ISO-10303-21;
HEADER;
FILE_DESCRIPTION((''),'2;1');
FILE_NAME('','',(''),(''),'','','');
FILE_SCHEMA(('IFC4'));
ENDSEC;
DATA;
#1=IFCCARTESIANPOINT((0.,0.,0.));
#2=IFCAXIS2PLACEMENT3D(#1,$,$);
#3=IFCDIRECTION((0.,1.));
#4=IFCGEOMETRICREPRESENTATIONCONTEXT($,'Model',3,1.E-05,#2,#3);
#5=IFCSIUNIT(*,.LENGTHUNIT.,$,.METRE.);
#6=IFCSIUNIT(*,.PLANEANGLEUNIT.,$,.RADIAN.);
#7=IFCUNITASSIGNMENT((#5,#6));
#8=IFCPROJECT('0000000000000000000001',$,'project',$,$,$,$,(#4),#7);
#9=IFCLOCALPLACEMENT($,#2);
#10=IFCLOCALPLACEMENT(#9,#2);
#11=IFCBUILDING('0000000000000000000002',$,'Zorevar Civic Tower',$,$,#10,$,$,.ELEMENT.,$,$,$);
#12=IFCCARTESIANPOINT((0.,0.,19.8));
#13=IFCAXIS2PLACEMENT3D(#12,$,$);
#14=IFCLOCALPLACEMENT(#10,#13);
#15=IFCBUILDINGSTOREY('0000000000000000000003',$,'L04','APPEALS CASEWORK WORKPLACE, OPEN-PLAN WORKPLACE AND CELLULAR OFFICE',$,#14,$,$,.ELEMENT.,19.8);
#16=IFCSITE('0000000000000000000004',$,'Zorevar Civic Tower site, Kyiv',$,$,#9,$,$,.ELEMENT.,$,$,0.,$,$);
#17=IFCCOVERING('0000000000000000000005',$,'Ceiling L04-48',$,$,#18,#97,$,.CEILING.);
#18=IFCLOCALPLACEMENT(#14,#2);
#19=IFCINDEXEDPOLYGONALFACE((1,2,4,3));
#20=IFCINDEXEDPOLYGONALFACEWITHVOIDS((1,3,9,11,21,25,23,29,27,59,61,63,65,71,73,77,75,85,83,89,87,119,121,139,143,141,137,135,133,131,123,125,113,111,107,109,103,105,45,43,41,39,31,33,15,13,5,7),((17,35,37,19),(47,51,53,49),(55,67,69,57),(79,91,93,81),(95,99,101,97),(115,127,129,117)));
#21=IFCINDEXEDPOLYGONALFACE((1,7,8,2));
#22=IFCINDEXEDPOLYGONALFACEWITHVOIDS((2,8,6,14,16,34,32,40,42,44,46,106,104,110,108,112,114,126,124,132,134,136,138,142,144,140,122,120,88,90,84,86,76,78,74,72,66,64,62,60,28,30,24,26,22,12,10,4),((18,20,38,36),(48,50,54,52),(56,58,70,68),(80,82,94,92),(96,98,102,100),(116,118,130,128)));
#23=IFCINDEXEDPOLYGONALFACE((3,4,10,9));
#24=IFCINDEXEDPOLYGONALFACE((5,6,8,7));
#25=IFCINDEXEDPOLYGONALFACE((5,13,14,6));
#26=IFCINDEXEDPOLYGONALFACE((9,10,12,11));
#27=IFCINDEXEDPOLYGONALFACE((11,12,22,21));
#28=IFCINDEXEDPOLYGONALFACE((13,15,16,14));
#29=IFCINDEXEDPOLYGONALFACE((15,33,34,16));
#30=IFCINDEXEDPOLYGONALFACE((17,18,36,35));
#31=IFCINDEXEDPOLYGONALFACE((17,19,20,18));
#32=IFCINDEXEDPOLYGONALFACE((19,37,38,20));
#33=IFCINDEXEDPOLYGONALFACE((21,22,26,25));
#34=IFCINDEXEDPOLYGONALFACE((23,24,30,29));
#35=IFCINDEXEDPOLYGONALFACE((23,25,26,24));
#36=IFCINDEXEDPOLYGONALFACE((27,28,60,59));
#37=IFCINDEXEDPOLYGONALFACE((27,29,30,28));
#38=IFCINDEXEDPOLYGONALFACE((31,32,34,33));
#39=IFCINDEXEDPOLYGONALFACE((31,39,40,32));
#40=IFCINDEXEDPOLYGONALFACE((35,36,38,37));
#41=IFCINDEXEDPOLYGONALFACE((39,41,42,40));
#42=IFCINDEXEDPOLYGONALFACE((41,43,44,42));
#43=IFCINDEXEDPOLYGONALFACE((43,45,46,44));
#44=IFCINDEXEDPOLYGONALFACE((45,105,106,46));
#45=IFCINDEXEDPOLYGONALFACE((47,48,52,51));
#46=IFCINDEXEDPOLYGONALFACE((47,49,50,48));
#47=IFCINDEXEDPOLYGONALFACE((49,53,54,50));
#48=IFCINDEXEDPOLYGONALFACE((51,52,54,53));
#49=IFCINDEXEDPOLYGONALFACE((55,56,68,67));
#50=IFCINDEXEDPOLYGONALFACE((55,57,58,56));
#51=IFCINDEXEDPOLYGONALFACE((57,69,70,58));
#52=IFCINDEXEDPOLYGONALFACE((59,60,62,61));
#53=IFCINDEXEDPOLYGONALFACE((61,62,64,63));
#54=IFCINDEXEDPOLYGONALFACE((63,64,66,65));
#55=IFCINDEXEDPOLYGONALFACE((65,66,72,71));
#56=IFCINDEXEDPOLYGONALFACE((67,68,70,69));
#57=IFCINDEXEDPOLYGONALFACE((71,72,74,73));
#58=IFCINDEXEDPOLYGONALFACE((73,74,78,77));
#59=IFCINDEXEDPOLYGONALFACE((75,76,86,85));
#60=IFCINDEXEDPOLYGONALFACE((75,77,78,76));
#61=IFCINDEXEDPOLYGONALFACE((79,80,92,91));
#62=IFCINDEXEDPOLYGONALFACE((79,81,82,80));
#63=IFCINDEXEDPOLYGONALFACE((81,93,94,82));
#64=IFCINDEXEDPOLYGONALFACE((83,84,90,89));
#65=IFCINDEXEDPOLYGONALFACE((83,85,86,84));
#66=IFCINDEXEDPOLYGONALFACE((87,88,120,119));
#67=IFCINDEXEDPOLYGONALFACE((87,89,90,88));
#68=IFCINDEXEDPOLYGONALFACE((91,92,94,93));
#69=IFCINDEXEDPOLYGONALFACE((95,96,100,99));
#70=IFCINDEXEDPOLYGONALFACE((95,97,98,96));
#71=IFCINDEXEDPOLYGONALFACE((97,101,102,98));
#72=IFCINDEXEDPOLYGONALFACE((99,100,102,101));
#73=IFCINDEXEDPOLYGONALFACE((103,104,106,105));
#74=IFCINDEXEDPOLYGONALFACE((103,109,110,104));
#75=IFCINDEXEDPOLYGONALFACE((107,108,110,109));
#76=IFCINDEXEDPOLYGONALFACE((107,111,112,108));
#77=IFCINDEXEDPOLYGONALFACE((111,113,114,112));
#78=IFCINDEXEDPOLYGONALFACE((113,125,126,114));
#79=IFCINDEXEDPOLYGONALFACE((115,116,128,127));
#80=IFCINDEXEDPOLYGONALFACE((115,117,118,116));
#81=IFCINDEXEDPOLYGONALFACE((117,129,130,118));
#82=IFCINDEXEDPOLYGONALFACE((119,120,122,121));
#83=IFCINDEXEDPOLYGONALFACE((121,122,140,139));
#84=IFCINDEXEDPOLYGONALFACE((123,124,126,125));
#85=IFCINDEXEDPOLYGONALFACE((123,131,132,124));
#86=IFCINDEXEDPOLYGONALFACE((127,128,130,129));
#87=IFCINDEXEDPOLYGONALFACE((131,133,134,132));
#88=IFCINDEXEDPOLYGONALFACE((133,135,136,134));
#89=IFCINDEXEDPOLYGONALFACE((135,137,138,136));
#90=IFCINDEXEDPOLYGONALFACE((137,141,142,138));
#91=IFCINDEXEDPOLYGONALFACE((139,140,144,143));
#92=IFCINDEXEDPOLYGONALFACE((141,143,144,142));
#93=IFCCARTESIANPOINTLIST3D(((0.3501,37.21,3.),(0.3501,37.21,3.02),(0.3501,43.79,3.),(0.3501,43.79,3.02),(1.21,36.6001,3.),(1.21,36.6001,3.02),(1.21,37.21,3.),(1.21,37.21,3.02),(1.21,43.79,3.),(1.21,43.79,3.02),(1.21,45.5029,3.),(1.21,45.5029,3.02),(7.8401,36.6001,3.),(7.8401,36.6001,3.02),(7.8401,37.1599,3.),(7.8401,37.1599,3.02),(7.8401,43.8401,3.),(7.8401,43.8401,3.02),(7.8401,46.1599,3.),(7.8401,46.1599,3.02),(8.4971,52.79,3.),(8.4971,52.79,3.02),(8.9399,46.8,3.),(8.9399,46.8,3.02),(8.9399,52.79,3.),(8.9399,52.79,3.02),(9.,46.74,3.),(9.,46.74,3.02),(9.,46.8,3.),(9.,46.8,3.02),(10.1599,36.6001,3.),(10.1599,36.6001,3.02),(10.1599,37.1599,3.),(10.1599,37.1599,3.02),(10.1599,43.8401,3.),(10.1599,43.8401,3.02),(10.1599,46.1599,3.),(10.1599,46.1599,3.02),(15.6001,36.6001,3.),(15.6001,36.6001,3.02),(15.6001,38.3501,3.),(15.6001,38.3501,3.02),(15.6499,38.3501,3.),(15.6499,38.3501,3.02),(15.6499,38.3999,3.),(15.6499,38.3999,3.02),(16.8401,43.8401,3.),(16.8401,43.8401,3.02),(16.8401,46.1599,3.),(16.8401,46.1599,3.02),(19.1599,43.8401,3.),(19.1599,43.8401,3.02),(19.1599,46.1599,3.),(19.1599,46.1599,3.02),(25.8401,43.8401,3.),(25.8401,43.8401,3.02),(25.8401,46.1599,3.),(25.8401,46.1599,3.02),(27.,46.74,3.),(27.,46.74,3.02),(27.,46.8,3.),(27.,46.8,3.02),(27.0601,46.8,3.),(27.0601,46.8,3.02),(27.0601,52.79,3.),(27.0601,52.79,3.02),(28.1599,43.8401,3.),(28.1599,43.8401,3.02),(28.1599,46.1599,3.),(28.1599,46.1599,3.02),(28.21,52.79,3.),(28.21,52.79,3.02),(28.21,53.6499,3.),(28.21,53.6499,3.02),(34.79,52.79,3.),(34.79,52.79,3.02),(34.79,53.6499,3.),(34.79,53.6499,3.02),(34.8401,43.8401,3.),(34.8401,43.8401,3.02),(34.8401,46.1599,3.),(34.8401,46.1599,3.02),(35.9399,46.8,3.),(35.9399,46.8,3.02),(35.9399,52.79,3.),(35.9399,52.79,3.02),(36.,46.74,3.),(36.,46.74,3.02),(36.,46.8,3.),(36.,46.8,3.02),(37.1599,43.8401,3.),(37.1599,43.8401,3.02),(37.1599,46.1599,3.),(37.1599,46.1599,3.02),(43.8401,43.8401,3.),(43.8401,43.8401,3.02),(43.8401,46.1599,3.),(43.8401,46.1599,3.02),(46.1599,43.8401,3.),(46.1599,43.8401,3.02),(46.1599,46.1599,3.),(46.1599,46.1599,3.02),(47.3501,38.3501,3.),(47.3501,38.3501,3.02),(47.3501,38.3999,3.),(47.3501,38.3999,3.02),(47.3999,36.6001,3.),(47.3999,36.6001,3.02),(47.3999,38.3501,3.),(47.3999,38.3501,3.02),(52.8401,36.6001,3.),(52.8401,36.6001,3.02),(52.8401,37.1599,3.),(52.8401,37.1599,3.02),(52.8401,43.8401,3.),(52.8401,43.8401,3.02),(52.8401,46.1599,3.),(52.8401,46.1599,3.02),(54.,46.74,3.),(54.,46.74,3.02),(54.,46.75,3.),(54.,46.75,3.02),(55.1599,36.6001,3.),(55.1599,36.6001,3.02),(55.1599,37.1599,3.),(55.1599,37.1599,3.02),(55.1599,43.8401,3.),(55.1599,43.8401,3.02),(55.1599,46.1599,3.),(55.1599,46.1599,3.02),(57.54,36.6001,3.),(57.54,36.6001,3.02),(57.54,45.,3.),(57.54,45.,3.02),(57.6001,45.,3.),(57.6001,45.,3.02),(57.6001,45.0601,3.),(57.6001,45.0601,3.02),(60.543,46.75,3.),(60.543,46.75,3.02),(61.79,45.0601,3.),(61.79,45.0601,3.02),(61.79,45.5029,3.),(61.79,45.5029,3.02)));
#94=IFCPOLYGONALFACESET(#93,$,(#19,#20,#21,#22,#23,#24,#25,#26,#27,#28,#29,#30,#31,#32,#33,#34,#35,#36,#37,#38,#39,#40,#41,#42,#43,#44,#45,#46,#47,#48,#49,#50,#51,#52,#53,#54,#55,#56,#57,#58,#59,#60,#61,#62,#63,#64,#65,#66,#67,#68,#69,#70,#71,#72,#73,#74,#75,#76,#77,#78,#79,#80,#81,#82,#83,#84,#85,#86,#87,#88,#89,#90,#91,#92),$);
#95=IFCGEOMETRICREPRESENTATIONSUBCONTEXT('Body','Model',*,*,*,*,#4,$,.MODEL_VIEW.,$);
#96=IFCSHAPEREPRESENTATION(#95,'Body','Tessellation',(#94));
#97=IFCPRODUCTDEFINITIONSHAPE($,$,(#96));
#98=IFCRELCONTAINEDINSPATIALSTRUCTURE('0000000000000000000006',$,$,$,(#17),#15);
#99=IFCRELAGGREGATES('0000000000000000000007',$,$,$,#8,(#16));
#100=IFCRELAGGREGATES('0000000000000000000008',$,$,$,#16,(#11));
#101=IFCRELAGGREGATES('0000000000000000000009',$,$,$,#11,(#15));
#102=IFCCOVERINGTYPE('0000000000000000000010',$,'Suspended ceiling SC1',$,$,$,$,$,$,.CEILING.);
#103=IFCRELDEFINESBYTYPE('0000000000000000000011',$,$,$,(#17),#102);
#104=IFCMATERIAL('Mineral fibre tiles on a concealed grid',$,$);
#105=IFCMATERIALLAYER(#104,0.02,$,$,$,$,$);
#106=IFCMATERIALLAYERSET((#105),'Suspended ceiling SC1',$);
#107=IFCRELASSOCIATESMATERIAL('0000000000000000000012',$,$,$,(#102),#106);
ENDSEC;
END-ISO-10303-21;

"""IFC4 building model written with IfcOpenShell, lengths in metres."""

from ifc_helpers import new_model, si_unit, direction, frame, origin, place, context, subcontext, project, spatial, polyline, outline, extrude, material, layer, layer_set, type_object, element, save


model = new_model("IFC4")

# Units and contexts
model_context = context("Model", 3, precision=1e-05, world=origin(), true_north=direction((0.0, 1.0)))
body_context = subcontext(model_context, "Body", "Model", "MODEL_VIEW")
ifc_project = project(units=[si_unit("LENGTHUNIT", "METRE"), si_unit("PLANEANGLEUNIT", "RADIAN")], contexts=[model_context])

# Site, building, storey
site_placement = place(None, origin())
site = spatial("IfcSite", under=ifc_project, at=site_placement, Name="Zorevar Civic Tower site, Kyiv", CompositionType="ELEMENT", RefElevation=0.0)
building_placement = place(site_placement, origin())
building = spatial("IfcBuilding", under=site, at=building_placement, Name="Zorevar Civic Tower", CompositionType="ELEMENT")
storey_placement = place(building_placement, frame((0.0, 0.0, 19.8)))
storey = spatial("IfcBuildingStorey", under=building, at=storey_placement, Name="L04", Description="APPEALS CASEWORK WORKPLACE, OPEN-PLAN WORKPLACE AND CELLULAR OFFICE", CompositionType="ELEMENT", Elevation=19.8)

# Covering
ifc_material_1 = material(Name="Mineral fibre tiles on a concealed grid")
ifc_layer_1 = layer(ifc_material_1, 0.02)
ifc_layer_set_1 = layer_set([ifc_layer_1], Name="Suspended ceiling SC1")
covering_type_1 = type_object("IfcCoveringType", Name="Suspended ceiling SC1", PredefinedType="CEILING", material=ifc_layer_set_1)
covering_1_placement = place(storey_placement, frame((0.0, 0.0, 3.0)))
element("IfcCovering", 1, at=covering_1_placement, inside=storey, type_object=covering_type_1, Name="Ceiling L04-48", PredefinedType="CEILING", context=body_context, shape_type="SweptSolid", body=[
    extrude(outline(polyline([(61.79, 45.5029), (61.79, 45.0601), (57.6001, 45.0601), (57.6001, 45.0), (57.54, 45.0), (57.54, 36.6001), (55.1599, 36.6001), (55.1599, 37.1599), (52.8401, 37.1599), (52.8401, 36.6001), (47.3999, 36.6001), (47.3999, 38.3501), (47.3501, 38.3501), (47.3501, 38.3999), (15.6499, 38.3999), (15.6499, 38.3501), (15.6001, 38.3501), (15.6001, 36.6001), (10.1599, 36.6001), (10.1599, 37.1599), (7.8401, 37.1599), (7.8401, 36.6001), (1.21, 36.6001), (1.21, 37.21), (0.3501, 37.21), (0.3501, 43.79), (1.21, 43.79), (1.21, 45.5029), (8.4971, 52.79), (8.9399, 52.79), (8.9399, 46.8), (9.0, 46.8), (9.0, 46.74), (27.0, 46.74), (27.0, 46.8), (27.0601, 46.8), (27.0601, 52.79), (28.21, 52.79), (28.21, 53.6499), (34.79, 53.6499), (34.79, 52.79), (35.9399, 52.79), (35.9399, 46.8), (36.0, 46.8), (36.0, 46.74), (54.0, 46.74), (54.0, 46.75), (60.543, 46.75), (61.79, 45.5029)]), holes=[polyline([(10.1599, 46.1599), (7.8401, 46.1599), (7.8401, 43.8401), (10.1599, 43.8401), (10.1599, 46.1599)]), polyline([(16.8401, 43.8401), (19.1599, 43.8401), (19.1599, 46.1599), (16.8401, 46.1599), (16.8401, 43.8401)]), polyline([(25.8401, 46.1599), (25.8401, 43.8401), (28.1599, 43.8401), (28.1599, 46.1599), (25.8401, 46.1599)]), polyline([(37.1599, 43.8401), (37.1599, 46.1599), (34.8401, 46.1599), (34.8401, 43.8401), (37.1599, 43.8401)]), polyline([(43.8401, 46.1599), (43.8401, 43.8401), (46.1599, 43.8401), (46.1599, 46.1599), (43.8401, 46.1599)]), polyline([(55.1599, 43.8401), (55.1599, 46.1599), (52.8401, 46.1599), (52.8401, 43.8401), (55.1599, 43.8401)])]), origin(), (0.0, 0.0, 1.0), 0.02),
])

save(model, "model.ifc")
